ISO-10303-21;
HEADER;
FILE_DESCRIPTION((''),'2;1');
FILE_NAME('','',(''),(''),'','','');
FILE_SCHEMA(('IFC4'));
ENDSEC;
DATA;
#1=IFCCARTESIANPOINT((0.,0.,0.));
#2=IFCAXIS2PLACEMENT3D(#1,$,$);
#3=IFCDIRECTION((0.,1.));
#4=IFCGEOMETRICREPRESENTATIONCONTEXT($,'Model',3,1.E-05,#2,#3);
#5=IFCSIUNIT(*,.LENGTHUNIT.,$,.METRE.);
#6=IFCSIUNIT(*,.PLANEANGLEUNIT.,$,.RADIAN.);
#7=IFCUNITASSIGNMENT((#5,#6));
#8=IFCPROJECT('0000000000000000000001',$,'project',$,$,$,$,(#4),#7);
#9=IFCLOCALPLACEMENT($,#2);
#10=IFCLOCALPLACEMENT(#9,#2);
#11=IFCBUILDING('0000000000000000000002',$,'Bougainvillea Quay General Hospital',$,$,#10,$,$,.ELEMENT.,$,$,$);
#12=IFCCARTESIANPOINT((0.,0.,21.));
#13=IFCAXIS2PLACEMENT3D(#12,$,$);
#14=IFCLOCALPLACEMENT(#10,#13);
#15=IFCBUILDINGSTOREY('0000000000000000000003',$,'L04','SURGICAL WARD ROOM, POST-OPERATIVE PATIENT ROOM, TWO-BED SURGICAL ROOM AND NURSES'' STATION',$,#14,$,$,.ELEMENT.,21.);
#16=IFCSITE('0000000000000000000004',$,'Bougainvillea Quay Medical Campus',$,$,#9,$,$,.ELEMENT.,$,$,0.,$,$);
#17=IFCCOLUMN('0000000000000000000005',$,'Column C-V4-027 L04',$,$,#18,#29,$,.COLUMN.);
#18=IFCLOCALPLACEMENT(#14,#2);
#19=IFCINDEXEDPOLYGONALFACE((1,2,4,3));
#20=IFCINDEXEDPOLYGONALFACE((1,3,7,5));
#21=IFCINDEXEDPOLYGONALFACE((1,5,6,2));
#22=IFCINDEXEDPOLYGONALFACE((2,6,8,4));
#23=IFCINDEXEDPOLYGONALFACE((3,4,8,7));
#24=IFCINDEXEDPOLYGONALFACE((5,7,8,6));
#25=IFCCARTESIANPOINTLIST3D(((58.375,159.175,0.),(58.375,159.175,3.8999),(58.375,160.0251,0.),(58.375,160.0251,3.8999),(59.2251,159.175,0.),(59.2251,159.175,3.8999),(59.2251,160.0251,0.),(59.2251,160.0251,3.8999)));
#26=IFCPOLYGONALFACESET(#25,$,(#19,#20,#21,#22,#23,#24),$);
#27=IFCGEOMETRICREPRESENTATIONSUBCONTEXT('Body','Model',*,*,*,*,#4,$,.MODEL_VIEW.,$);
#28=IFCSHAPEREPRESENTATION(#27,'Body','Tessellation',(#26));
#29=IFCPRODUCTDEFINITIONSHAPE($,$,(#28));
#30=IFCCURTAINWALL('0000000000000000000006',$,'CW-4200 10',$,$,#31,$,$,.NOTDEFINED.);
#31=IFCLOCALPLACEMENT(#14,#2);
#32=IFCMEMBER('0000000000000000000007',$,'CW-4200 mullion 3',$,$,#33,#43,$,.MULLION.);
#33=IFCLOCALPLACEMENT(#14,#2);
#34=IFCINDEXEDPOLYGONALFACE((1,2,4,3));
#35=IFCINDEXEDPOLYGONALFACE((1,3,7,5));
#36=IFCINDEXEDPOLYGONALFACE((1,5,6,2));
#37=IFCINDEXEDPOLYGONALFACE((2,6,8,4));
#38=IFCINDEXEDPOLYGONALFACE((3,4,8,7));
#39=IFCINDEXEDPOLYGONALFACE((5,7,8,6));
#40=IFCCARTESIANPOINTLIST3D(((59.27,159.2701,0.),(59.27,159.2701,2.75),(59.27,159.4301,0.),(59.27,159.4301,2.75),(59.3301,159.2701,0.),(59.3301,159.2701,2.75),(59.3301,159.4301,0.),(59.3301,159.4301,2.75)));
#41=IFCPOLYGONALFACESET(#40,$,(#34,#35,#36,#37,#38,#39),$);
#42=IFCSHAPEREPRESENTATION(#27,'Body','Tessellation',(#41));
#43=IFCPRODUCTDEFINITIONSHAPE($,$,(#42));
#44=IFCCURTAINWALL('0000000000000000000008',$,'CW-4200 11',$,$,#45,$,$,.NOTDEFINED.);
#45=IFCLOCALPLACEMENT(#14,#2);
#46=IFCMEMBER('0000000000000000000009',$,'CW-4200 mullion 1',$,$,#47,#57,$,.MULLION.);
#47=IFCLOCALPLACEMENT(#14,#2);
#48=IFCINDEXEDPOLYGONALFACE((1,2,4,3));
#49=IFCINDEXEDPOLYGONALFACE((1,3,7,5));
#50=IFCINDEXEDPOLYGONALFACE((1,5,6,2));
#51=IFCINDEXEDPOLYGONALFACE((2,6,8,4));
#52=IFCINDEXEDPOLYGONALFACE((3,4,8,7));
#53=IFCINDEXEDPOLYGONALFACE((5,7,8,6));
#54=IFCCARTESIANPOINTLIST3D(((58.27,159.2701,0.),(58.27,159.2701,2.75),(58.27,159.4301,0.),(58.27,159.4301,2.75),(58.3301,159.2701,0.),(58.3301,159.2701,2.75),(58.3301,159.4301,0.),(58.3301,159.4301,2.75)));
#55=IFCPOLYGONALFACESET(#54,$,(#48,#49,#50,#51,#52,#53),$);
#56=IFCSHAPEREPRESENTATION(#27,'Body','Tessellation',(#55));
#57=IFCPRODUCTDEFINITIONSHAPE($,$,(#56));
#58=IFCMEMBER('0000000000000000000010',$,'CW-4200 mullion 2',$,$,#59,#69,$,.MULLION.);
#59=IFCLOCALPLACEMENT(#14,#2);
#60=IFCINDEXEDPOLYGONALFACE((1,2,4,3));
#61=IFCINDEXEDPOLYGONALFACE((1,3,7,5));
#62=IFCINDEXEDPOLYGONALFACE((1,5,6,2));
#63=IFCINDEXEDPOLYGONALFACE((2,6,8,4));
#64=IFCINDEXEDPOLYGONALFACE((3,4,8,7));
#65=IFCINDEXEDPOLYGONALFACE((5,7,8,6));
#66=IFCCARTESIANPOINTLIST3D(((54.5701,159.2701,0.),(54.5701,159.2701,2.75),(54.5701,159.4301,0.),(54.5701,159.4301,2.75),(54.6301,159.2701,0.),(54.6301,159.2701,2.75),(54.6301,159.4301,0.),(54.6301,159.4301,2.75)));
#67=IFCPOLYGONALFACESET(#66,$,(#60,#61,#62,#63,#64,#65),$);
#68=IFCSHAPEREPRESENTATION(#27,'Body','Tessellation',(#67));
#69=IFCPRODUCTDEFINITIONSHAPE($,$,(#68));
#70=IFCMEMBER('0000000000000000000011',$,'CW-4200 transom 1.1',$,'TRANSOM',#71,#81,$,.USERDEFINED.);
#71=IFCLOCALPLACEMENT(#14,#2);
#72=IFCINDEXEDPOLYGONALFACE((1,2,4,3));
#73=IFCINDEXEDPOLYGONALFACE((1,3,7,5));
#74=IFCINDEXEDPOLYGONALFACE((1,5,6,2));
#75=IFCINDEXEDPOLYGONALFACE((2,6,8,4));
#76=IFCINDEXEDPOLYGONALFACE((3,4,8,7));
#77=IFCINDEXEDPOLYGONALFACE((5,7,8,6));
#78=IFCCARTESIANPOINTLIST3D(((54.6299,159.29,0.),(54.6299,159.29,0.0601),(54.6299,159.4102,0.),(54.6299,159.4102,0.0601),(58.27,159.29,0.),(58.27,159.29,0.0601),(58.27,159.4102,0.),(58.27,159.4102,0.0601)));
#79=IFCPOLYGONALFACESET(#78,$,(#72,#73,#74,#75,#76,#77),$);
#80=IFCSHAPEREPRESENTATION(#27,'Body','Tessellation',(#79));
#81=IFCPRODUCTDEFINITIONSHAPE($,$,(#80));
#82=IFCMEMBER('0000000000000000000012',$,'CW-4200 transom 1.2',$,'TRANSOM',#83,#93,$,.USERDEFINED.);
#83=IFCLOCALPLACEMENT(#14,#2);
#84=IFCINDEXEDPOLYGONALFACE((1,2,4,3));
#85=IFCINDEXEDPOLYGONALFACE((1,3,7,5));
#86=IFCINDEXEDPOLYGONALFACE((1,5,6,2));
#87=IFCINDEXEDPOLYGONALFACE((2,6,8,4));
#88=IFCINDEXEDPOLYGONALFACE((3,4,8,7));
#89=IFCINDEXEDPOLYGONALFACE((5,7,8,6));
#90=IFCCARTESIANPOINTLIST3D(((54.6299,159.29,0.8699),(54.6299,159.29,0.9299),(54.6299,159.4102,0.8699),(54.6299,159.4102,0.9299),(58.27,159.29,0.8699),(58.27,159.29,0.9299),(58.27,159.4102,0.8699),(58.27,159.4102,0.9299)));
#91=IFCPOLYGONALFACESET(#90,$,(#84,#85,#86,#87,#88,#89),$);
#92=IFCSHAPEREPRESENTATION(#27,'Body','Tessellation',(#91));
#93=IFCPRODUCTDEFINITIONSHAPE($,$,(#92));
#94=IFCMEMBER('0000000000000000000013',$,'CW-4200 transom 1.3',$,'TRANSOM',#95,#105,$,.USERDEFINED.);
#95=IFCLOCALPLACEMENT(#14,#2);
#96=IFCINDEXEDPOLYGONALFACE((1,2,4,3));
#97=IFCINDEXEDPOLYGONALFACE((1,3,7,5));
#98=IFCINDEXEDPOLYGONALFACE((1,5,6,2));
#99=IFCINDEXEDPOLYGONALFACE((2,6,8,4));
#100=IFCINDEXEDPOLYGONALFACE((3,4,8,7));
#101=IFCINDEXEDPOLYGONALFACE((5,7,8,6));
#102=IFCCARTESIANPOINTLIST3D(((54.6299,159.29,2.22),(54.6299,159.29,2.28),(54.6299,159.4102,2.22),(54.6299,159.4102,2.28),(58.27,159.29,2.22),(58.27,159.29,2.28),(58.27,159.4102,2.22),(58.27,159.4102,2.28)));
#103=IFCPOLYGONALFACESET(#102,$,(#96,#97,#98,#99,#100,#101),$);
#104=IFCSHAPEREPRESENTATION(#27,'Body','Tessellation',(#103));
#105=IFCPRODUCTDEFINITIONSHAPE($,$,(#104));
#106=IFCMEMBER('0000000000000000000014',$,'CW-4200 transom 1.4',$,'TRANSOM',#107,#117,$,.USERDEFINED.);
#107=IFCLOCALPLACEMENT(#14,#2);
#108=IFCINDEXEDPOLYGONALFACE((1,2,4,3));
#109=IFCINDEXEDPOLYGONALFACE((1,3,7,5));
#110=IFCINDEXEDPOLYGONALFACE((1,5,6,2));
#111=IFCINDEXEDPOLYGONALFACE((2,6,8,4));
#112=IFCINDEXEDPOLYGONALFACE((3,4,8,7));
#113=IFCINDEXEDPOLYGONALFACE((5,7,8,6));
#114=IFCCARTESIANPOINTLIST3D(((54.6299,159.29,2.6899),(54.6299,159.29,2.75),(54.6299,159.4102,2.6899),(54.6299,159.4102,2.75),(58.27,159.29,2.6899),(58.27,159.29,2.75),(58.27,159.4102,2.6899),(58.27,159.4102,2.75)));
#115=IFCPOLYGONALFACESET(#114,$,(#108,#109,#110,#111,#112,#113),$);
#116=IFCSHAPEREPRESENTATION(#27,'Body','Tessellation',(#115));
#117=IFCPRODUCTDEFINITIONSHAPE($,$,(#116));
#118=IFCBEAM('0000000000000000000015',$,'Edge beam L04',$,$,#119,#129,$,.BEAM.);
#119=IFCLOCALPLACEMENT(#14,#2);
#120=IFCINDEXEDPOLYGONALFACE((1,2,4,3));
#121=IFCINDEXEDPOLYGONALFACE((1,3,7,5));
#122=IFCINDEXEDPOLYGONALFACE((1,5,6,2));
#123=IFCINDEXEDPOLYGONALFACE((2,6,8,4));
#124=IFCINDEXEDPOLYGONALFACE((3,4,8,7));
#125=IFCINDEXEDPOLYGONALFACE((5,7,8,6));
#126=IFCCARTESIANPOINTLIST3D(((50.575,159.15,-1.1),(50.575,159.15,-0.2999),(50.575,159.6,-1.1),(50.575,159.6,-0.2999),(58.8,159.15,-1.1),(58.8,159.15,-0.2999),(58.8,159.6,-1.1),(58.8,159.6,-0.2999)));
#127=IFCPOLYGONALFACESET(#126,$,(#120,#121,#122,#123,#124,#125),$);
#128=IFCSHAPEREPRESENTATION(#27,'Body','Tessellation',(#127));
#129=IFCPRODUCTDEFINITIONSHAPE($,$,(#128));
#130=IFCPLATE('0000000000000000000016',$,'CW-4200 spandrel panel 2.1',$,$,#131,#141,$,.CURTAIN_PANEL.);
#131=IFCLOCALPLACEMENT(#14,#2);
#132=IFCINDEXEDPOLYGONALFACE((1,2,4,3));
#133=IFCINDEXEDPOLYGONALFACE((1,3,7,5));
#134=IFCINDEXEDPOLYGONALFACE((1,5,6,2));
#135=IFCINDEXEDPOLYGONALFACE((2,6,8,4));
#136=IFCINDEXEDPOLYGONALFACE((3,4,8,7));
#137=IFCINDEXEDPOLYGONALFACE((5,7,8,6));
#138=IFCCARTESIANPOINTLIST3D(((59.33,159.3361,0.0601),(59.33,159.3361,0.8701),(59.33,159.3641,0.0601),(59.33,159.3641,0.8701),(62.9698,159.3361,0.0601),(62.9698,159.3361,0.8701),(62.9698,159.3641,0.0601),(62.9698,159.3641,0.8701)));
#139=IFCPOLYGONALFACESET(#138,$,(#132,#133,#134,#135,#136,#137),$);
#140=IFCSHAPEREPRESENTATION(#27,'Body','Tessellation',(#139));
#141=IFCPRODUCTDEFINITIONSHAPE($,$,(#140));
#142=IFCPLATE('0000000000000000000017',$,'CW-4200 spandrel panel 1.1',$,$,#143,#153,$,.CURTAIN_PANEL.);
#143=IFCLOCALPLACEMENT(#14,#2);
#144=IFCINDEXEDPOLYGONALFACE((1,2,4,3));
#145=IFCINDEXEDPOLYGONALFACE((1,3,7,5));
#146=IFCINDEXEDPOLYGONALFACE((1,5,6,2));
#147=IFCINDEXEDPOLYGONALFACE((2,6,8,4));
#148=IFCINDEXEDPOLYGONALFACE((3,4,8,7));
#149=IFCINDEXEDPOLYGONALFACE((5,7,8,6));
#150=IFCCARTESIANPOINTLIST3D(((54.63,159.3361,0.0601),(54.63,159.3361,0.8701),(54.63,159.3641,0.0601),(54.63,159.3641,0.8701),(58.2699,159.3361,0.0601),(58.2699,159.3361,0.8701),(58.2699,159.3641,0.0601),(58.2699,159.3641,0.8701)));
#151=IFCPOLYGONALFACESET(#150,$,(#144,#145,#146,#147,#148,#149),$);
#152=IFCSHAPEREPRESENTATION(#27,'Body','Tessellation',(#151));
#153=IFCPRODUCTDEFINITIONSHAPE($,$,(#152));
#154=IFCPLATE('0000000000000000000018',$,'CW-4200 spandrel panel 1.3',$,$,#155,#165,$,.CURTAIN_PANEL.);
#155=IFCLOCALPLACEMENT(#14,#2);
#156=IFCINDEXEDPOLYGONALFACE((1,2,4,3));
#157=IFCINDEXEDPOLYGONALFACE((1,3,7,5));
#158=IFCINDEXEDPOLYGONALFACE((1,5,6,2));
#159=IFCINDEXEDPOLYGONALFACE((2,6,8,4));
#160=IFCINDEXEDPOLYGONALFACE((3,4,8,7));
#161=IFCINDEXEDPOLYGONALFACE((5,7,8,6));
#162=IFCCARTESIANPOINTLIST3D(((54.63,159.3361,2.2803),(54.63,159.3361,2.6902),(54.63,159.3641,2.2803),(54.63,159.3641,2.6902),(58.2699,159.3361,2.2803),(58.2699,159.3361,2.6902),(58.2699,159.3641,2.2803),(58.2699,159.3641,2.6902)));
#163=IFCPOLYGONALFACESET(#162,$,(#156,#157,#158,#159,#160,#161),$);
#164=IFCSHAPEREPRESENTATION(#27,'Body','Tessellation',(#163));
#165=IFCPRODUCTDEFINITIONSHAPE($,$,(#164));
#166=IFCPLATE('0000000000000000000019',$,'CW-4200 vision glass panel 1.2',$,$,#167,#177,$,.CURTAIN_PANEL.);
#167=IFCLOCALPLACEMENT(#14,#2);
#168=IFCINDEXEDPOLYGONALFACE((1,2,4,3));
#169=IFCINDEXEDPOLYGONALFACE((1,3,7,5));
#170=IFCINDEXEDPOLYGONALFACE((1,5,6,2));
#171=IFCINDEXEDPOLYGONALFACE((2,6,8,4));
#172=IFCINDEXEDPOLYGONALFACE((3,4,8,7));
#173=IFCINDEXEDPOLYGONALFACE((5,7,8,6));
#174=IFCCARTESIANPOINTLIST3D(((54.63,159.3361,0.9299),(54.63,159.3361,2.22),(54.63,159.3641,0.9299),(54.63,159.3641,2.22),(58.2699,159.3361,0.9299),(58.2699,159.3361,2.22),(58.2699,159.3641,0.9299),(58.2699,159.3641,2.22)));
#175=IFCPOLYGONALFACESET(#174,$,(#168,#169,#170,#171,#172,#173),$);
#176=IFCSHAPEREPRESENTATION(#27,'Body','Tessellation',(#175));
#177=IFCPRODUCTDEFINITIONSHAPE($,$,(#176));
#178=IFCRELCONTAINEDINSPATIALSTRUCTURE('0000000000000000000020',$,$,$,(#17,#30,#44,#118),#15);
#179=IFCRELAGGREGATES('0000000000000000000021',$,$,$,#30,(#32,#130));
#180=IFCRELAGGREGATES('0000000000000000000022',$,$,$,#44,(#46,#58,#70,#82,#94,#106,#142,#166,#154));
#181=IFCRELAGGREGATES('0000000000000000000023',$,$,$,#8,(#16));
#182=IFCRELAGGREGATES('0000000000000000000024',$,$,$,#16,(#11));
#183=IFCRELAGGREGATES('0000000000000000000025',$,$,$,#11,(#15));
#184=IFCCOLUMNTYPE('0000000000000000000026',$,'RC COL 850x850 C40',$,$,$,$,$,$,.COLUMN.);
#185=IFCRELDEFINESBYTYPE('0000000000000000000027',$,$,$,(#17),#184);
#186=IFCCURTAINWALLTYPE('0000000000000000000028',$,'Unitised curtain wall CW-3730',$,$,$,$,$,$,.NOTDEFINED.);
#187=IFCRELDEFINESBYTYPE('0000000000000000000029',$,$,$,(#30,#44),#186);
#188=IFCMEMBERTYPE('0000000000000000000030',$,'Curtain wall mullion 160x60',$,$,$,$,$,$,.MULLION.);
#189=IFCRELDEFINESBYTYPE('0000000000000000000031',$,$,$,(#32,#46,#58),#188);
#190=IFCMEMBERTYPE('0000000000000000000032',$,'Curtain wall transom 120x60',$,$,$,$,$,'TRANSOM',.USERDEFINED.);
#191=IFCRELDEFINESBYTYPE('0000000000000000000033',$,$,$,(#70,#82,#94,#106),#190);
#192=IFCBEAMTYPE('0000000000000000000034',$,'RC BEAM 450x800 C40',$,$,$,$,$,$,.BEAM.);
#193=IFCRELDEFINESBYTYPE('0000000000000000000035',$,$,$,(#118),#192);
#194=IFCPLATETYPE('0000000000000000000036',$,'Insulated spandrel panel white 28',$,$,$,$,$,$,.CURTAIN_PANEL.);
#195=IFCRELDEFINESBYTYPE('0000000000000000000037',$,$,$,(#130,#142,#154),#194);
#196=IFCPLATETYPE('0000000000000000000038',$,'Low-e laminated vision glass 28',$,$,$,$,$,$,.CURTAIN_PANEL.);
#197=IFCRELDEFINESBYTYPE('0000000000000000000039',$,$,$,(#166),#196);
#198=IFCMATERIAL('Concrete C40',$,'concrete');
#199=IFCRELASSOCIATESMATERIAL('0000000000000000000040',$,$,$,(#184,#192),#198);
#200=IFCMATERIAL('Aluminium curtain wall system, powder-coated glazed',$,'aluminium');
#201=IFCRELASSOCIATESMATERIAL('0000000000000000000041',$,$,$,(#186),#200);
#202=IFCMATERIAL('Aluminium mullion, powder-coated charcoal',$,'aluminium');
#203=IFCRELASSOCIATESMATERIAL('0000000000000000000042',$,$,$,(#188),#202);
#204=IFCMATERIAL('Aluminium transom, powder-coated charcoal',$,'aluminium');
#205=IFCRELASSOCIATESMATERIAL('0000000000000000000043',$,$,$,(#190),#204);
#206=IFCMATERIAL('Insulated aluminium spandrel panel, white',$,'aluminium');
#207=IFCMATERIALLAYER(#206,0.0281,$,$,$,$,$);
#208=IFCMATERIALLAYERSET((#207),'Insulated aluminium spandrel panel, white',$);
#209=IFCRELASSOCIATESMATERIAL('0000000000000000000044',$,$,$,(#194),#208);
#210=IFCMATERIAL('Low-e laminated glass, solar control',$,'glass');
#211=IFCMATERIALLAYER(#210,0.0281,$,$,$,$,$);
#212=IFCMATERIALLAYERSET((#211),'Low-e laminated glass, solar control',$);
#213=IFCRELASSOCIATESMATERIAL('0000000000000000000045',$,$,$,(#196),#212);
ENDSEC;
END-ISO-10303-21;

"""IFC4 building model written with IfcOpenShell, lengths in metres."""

from ifc_helpers import new_model, si_unit, direction, frame, origin, origin_2d, place, context, subcontext, project, spatial, rectangle, extrude, material, layer, layer_set, material_profile, profile_set, type_object, element, aggregate, save


model = new_model("IFC4")

# Units and contexts
model_context = context("Model", 3, precision=1e-05, world=origin(), true_north=direction((0.0, 1.0)))
body_context = subcontext(model_context, "Body", "Model", "MODEL_VIEW")
ifc_project = project(units=[si_unit("LENGTHUNIT", "METRE"), si_unit("PLANEANGLEUNIT", "RADIAN")], contexts=[model_context])

# Site, building, storey
site_placement = place(None, origin())
site = spatial("IfcSite", under=ifc_project, at=site_placement, Name="Bougainvillea Quay Medical Campus", CompositionType="ELEMENT", RefElevation=0.0)
building_placement = place(site_placement, origin())
building = spatial("IfcBuilding", under=site, at=building_placement, Name="Bougainvillea Quay General Hospital", CompositionType="ELEMENT")
storey_placement = place(building_placement, frame((0.0, 0.0, 21.0)))
storey = spatial("IfcBuildingStorey", under=building, at=storey_placement, Name="L04", Description="SURGICAL WARD ROOM, POST-OPERATIVE PATIENT ROOM, TWO-BED SURGICAL ROOM AND NURSES' STATION", CompositionType="ELEMENT", Elevation=21.0)

# Column
ifc_material_1 = material(Name="Concrete C40", Category="concrete")
ifc_material_profile_1 = material_profile(ifc_material_1, rectangle(XDim=0.8501, YDim=0.8501, at=origin_2d()))
ifc_profile_set_1 = profile_set([ifc_material_profile_1], Name="Concrete C40")
column_type = type_object("IfcColumnType", Name="RC COL 850x850 C40", PredefinedType="COLUMN", material=ifc_profile_set_1)
column_placement = place(storey_placement, frame((58.8, 159.6001, 0.0), z_axis=(0.0, 0.0, 1.0), x_axis=(1.0, 0.0, 0.0)))
element("IfcColumn", 1, at=column_placement, inside=storey, type_object=column_type, Name="Column C-V4-027 L04", PredefinedType="COLUMN", context=body_context, shape_type="SweptSolid", body=[
    extrude(rectangle(XDim=0.8501, YDim=0.8501, at=origin_2d()), origin(), (0.0, 0.0, 1.0), 3.8999),
])

# Curtain wall, member
ifc_material_2 = material(Name="Aluminium curtain wall system, powder-coated glazed", Category="aluminium")
curtain_wall_type = type_object("IfcCurtainWallType", Name="Unitised curtain wall CW-3730", PredefinedType="NOTDEFINED", material=ifc_material_2)
curtain_wall_1_placement = place(storey_placement, origin())
curtain_wall_1 = element("IfcCurtainWall", 2, at=curtain_wall_1_placement, inside=storey, type_object=curtain_wall_type, Name="CW-4200 10", PredefinedType="NOTDEFINED")
ifc_material_3 = material(Name="Aluminium mullion, powder-coated charcoal", Category="aluminium")
ifc_material_profile_2 = material_profile(ifc_material_3, rectangle(XDim=0.1599, YDim=0.0601, at=origin_2d()))
ifc_profile_set_2 = profile_set([ifc_material_profile_2], Name="Aluminium mullion, powder-coated charcoal")
member_type_1 = type_object("IfcMemberType", Name="Curtain wall mullion 160x60", PredefinedType="MULLION", material=ifc_profile_set_2)
member_1_placement = place(storey_placement, frame((59.3, 159.3501, 0.0), z_axis=(0.0, 0.0, 1.0), x_axis=(0.0, -1.0, 0.0)))
member_1 = element("IfcMember", 3, at=member_1_placement, type_object=member_type_1, Name="CW-4200 mullion 3", PredefinedType="MULLION", context=body_context, shape_type="SweptSolid", body=[
    extrude(rectangle(XDim=0.1599, YDim=0.0601, at=origin_2d()), origin(), (0.0, 0.0, 1.0), 2.75),
])

# Curtain wall, members
curtain_wall_2_placement = place(storey_placement, origin())
curtain_wall_2 = element("IfcCurtainWall", 4, at=curtain_wall_2_placement, inside=storey, type_object=curtain_wall_type, Name="CW-4200 11", PredefinedType="NOTDEFINED")
member_2_placement = place(storey_placement, frame((58.3, 159.3501, 0.0), z_axis=(0.0, 0.0, 1.0), x_axis=(0.0, -1.0, 0.0)))
member_2 = element("IfcMember", 5, at=member_2_placement, type_object=member_type_1, Name="CW-4200 mullion 1", PredefinedType="MULLION", context=body_context, shape_type="SweptSolid", body=[
    extrude(rectangle(XDim=0.1599, YDim=0.0601, at=origin_2d()), origin(), (0.0, 0.0, 1.0), 2.75),
])
member_3_placement = place(storey_placement, frame((54.6001, 159.3501, 0.0), z_axis=(0.0, 0.0, 1.0), x_axis=(0.0, -1.0, 0.0)))
member_3 = element("IfcMember", 6, at=member_3_placement, type_object=member_type_1, Name="CW-4200 mullion 2", PredefinedType="MULLION", context=body_context, shape_type="SweptSolid", body=[
    extrude(rectangle(XDim=0.1599, YDim=0.0601, at=origin_2d()), origin(), (0.0, 0.0, 1.0), 2.75),
])
ifc_material_4 = material(Name="Aluminium transom, powder-coated charcoal", Category="aluminium")
ifc_material_profile_3 = material_profile(ifc_material_4, rectangle(XDim=0.1201, YDim=0.0601, at=origin_2d()))
ifc_profile_set_3 = profile_set([ifc_material_profile_3], Name="Aluminium transom, powder-coated charcoal")
member_type_2 = type_object("IfcMemberType", Name="Curtain wall transom 120x60", ElementType="TRANSOM", PredefinedType="USERDEFINED", material=ifc_profile_set_3)
member_4_placement = place(storey_placement, frame((58.27, 159.3501, 0.03), z_axis=(-1.0, 0.0, 0.0), x_axis=(0.0, -1.0, 0.0)))
member_4 = element("IfcMember", 7, at=member_4_placement, type_object=member_type_2, Name="CW-4200 transom 1.1", ObjectType="TRANSOM", PredefinedType="USERDEFINED", context=body_context, shape_type="SweptSolid", body=[
    extrude(rectangle(XDim=0.1201, YDim=0.0601, at=origin_2d()), origin(), (0.0, 0.0, 1.0), 3.6401),
])
member_5_placement = place(storey_placement, frame((58.27, 159.3501, 0.8999), z_axis=(-1.0, 0.0, 0.0), x_axis=(0.0, -1.0, 0.0)))
member_5 = element("IfcMember", 8, at=member_5_placement, type_object=member_type_2, Name="CW-4200 transom 1.2", ObjectType="TRANSOM", PredefinedType="USERDEFINED", context=body_context, shape_type="SweptSolid", body=[
    extrude(rectangle(XDim=0.1201, YDim=0.0601, at=origin_2d()), origin(), (0.0, 0.0, 1.0), 3.6401),
])
member_6_placement = place(storey_placement, frame((58.27, 159.3501, 2.25), z_axis=(-1.0, 0.0, 0.0), x_axis=(0.0, -1.0, 0.0)))
member_6 = element("IfcMember", 9, at=member_6_placement, type_object=member_type_2, Name="CW-4200 transom 1.3", ObjectType="TRANSOM", PredefinedType="USERDEFINED", context=body_context, shape_type="SweptSolid", body=[
    extrude(rectangle(XDim=0.1201, YDim=0.0601, at=origin_2d()), origin(), (0.0, 0.0, 1.0), 3.6401),
])
member_7_placement = place(storey_placement, frame((58.27, 159.3501, 2.72), z_axis=(-1.0, 0.0, 0.0), x_axis=(0.0, -1.0, 0.0)))
member_7 = element("IfcMember", 10, at=member_7_placement, type_object=member_type_2, Name="CW-4200 transom 1.4", ObjectType="TRANSOM", PredefinedType="USERDEFINED", context=body_context, shape_type="SweptSolid", body=[
    extrude(rectangle(XDim=0.1201, YDim=0.0601, at=origin_2d()), origin(), (0.0, 0.0, 1.0), 3.6401),
])

# Beam
ifc_material_profile_4 = material_profile(ifc_material_1, rectangle(XDim=0.45, YDim=0.8, at=origin_2d()))
ifc_profile_set_4 = profile_set([ifc_material_profile_4], Name="Concrete C40")
beam_type = type_object("IfcBeamType", Name="RC BEAM 450x800 C40", PredefinedType="BEAM", material=ifc_profile_set_4)
beam_placement = place(storey_placement, frame((58.8, 159.375, -0.7), z_axis=(-1.0, 0.0, 0.0), x_axis=(0.0, -1.0, 0.0)))
element("IfcBeam", 11, at=beam_placement, inside=storey, type_object=beam_type, Name="Edge beam L04", PredefinedType="BEAM", context=body_context, shape_type="SweptSolid", body=[
    extrude(rectangle(XDim=0.45, YDim=0.8, at=origin_2d()), origin(), (0.0, 0.0, 1.0), 8.2251),
])

# Plates
ifc_material_5 = material(Name="Insulated aluminium spandrel panel, white", Category="aluminium")
ifc_layer_1 = layer(ifc_material_5, 0.0281)
ifc_layer_set_1 = layer_set([ifc_layer_1], Name="Insulated aluminium spandrel panel, white")
plate_type_1 = type_object("IfcPlateType", Name="Insulated spandrel panel white 28", PredefinedType="CURTAIN_PANEL", material=ifc_layer_set_1)
plate_1_placement = place(storey_placement, frame((61.1499, 159.3501, 0.0601), z_axis=(0.0, 0.0, 1.0), x_axis=(-1.0, 0.0, 0.0)))
plate_1 = element("IfcPlate", 12, at=plate_1_placement, type_object=plate_type_1, Name="CW-4200 spandrel panel 2.1", PredefinedType="CURTAIN_PANEL", context=body_context, shape_type="SweptSolid", body=[
    extrude(rectangle(XDim=3.6399, YDim=0.0281, at=origin_2d()), origin(), (0.0, 0.0, 1.0), 0.8101),
])
aggregate(curtain_wall_1, [member_1, plate_1])
plate_2_placement = place(storey_placement, frame((56.45, 159.3501, 0.0601), z_axis=(0.0, 0.0, 1.0), x_axis=(-1.0, 0.0, 0.0)))
plate_2 = element("IfcPlate", 13, at=plate_2_placement, type_object=plate_type_1, Name="CW-4200 spandrel panel 1.1", PredefinedType="CURTAIN_PANEL", context=body_context, shape_type="SweptSolid", body=[
    extrude(rectangle(XDim=3.6399, YDim=0.0281, at=origin_2d()), origin(), (0.0, 0.0, 1.0), 0.8101),
])
plate_3_placement = place(storey_placement, frame((56.45, 159.3501, 2.2803), z_axis=(0.0, 0.0, 1.0), x_axis=(-1.0, 0.0, 0.0)))
plate_3 = element("IfcPlate", 14, at=plate_3_placement, type_object=plate_type_1, Name="CW-4200 spandrel panel 1.3", PredefinedType="CURTAIN_PANEL", context=body_context, shape_type="SweptSolid", body=[
    extrude(rectangle(XDim=3.6399, YDim=0.0281, at=origin_2d()), origin(), (0.0, 0.0, 1.0), 0.4099),
])
ifc_material_6 = material(Name="Low-e laminated glass, solar control", Category="glass")
ifc_layer_2 = layer(ifc_material_6, 0.0281)
ifc_layer_set_2 = layer_set([ifc_layer_2], Name="Low-e laminated glass, solar control")
plate_type_2 = type_object("IfcPlateType", Name="Low-e laminated vision glass 28", PredefinedType="CURTAIN_PANEL", material=ifc_layer_set_2)
plate_4_placement = place(storey_placement, frame((56.45, 159.3501, 0.9299), z_axis=(0.0, 0.0, 1.0), x_axis=(-1.0, 0.0, 0.0)))
plate_4 = element("IfcPlate", 15, at=plate_4_placement, type_object=plate_type_2, Name="CW-4200 vision glass panel 1.2", PredefinedType="CURTAIN_PANEL", context=body_context, shape_type="SweptSolid", body=[
    extrude(rectangle(XDim=3.6399, YDim=0.0281, at=origin_2d()), origin(), (0.0, 0.0, 1.0), 1.29),
])
aggregate(curtain_wall_2, [member_2, member_3, member_4, member_5, member_6, member_7, plate_2, plate_4, plate_3])

save(model, "model.ifc")
